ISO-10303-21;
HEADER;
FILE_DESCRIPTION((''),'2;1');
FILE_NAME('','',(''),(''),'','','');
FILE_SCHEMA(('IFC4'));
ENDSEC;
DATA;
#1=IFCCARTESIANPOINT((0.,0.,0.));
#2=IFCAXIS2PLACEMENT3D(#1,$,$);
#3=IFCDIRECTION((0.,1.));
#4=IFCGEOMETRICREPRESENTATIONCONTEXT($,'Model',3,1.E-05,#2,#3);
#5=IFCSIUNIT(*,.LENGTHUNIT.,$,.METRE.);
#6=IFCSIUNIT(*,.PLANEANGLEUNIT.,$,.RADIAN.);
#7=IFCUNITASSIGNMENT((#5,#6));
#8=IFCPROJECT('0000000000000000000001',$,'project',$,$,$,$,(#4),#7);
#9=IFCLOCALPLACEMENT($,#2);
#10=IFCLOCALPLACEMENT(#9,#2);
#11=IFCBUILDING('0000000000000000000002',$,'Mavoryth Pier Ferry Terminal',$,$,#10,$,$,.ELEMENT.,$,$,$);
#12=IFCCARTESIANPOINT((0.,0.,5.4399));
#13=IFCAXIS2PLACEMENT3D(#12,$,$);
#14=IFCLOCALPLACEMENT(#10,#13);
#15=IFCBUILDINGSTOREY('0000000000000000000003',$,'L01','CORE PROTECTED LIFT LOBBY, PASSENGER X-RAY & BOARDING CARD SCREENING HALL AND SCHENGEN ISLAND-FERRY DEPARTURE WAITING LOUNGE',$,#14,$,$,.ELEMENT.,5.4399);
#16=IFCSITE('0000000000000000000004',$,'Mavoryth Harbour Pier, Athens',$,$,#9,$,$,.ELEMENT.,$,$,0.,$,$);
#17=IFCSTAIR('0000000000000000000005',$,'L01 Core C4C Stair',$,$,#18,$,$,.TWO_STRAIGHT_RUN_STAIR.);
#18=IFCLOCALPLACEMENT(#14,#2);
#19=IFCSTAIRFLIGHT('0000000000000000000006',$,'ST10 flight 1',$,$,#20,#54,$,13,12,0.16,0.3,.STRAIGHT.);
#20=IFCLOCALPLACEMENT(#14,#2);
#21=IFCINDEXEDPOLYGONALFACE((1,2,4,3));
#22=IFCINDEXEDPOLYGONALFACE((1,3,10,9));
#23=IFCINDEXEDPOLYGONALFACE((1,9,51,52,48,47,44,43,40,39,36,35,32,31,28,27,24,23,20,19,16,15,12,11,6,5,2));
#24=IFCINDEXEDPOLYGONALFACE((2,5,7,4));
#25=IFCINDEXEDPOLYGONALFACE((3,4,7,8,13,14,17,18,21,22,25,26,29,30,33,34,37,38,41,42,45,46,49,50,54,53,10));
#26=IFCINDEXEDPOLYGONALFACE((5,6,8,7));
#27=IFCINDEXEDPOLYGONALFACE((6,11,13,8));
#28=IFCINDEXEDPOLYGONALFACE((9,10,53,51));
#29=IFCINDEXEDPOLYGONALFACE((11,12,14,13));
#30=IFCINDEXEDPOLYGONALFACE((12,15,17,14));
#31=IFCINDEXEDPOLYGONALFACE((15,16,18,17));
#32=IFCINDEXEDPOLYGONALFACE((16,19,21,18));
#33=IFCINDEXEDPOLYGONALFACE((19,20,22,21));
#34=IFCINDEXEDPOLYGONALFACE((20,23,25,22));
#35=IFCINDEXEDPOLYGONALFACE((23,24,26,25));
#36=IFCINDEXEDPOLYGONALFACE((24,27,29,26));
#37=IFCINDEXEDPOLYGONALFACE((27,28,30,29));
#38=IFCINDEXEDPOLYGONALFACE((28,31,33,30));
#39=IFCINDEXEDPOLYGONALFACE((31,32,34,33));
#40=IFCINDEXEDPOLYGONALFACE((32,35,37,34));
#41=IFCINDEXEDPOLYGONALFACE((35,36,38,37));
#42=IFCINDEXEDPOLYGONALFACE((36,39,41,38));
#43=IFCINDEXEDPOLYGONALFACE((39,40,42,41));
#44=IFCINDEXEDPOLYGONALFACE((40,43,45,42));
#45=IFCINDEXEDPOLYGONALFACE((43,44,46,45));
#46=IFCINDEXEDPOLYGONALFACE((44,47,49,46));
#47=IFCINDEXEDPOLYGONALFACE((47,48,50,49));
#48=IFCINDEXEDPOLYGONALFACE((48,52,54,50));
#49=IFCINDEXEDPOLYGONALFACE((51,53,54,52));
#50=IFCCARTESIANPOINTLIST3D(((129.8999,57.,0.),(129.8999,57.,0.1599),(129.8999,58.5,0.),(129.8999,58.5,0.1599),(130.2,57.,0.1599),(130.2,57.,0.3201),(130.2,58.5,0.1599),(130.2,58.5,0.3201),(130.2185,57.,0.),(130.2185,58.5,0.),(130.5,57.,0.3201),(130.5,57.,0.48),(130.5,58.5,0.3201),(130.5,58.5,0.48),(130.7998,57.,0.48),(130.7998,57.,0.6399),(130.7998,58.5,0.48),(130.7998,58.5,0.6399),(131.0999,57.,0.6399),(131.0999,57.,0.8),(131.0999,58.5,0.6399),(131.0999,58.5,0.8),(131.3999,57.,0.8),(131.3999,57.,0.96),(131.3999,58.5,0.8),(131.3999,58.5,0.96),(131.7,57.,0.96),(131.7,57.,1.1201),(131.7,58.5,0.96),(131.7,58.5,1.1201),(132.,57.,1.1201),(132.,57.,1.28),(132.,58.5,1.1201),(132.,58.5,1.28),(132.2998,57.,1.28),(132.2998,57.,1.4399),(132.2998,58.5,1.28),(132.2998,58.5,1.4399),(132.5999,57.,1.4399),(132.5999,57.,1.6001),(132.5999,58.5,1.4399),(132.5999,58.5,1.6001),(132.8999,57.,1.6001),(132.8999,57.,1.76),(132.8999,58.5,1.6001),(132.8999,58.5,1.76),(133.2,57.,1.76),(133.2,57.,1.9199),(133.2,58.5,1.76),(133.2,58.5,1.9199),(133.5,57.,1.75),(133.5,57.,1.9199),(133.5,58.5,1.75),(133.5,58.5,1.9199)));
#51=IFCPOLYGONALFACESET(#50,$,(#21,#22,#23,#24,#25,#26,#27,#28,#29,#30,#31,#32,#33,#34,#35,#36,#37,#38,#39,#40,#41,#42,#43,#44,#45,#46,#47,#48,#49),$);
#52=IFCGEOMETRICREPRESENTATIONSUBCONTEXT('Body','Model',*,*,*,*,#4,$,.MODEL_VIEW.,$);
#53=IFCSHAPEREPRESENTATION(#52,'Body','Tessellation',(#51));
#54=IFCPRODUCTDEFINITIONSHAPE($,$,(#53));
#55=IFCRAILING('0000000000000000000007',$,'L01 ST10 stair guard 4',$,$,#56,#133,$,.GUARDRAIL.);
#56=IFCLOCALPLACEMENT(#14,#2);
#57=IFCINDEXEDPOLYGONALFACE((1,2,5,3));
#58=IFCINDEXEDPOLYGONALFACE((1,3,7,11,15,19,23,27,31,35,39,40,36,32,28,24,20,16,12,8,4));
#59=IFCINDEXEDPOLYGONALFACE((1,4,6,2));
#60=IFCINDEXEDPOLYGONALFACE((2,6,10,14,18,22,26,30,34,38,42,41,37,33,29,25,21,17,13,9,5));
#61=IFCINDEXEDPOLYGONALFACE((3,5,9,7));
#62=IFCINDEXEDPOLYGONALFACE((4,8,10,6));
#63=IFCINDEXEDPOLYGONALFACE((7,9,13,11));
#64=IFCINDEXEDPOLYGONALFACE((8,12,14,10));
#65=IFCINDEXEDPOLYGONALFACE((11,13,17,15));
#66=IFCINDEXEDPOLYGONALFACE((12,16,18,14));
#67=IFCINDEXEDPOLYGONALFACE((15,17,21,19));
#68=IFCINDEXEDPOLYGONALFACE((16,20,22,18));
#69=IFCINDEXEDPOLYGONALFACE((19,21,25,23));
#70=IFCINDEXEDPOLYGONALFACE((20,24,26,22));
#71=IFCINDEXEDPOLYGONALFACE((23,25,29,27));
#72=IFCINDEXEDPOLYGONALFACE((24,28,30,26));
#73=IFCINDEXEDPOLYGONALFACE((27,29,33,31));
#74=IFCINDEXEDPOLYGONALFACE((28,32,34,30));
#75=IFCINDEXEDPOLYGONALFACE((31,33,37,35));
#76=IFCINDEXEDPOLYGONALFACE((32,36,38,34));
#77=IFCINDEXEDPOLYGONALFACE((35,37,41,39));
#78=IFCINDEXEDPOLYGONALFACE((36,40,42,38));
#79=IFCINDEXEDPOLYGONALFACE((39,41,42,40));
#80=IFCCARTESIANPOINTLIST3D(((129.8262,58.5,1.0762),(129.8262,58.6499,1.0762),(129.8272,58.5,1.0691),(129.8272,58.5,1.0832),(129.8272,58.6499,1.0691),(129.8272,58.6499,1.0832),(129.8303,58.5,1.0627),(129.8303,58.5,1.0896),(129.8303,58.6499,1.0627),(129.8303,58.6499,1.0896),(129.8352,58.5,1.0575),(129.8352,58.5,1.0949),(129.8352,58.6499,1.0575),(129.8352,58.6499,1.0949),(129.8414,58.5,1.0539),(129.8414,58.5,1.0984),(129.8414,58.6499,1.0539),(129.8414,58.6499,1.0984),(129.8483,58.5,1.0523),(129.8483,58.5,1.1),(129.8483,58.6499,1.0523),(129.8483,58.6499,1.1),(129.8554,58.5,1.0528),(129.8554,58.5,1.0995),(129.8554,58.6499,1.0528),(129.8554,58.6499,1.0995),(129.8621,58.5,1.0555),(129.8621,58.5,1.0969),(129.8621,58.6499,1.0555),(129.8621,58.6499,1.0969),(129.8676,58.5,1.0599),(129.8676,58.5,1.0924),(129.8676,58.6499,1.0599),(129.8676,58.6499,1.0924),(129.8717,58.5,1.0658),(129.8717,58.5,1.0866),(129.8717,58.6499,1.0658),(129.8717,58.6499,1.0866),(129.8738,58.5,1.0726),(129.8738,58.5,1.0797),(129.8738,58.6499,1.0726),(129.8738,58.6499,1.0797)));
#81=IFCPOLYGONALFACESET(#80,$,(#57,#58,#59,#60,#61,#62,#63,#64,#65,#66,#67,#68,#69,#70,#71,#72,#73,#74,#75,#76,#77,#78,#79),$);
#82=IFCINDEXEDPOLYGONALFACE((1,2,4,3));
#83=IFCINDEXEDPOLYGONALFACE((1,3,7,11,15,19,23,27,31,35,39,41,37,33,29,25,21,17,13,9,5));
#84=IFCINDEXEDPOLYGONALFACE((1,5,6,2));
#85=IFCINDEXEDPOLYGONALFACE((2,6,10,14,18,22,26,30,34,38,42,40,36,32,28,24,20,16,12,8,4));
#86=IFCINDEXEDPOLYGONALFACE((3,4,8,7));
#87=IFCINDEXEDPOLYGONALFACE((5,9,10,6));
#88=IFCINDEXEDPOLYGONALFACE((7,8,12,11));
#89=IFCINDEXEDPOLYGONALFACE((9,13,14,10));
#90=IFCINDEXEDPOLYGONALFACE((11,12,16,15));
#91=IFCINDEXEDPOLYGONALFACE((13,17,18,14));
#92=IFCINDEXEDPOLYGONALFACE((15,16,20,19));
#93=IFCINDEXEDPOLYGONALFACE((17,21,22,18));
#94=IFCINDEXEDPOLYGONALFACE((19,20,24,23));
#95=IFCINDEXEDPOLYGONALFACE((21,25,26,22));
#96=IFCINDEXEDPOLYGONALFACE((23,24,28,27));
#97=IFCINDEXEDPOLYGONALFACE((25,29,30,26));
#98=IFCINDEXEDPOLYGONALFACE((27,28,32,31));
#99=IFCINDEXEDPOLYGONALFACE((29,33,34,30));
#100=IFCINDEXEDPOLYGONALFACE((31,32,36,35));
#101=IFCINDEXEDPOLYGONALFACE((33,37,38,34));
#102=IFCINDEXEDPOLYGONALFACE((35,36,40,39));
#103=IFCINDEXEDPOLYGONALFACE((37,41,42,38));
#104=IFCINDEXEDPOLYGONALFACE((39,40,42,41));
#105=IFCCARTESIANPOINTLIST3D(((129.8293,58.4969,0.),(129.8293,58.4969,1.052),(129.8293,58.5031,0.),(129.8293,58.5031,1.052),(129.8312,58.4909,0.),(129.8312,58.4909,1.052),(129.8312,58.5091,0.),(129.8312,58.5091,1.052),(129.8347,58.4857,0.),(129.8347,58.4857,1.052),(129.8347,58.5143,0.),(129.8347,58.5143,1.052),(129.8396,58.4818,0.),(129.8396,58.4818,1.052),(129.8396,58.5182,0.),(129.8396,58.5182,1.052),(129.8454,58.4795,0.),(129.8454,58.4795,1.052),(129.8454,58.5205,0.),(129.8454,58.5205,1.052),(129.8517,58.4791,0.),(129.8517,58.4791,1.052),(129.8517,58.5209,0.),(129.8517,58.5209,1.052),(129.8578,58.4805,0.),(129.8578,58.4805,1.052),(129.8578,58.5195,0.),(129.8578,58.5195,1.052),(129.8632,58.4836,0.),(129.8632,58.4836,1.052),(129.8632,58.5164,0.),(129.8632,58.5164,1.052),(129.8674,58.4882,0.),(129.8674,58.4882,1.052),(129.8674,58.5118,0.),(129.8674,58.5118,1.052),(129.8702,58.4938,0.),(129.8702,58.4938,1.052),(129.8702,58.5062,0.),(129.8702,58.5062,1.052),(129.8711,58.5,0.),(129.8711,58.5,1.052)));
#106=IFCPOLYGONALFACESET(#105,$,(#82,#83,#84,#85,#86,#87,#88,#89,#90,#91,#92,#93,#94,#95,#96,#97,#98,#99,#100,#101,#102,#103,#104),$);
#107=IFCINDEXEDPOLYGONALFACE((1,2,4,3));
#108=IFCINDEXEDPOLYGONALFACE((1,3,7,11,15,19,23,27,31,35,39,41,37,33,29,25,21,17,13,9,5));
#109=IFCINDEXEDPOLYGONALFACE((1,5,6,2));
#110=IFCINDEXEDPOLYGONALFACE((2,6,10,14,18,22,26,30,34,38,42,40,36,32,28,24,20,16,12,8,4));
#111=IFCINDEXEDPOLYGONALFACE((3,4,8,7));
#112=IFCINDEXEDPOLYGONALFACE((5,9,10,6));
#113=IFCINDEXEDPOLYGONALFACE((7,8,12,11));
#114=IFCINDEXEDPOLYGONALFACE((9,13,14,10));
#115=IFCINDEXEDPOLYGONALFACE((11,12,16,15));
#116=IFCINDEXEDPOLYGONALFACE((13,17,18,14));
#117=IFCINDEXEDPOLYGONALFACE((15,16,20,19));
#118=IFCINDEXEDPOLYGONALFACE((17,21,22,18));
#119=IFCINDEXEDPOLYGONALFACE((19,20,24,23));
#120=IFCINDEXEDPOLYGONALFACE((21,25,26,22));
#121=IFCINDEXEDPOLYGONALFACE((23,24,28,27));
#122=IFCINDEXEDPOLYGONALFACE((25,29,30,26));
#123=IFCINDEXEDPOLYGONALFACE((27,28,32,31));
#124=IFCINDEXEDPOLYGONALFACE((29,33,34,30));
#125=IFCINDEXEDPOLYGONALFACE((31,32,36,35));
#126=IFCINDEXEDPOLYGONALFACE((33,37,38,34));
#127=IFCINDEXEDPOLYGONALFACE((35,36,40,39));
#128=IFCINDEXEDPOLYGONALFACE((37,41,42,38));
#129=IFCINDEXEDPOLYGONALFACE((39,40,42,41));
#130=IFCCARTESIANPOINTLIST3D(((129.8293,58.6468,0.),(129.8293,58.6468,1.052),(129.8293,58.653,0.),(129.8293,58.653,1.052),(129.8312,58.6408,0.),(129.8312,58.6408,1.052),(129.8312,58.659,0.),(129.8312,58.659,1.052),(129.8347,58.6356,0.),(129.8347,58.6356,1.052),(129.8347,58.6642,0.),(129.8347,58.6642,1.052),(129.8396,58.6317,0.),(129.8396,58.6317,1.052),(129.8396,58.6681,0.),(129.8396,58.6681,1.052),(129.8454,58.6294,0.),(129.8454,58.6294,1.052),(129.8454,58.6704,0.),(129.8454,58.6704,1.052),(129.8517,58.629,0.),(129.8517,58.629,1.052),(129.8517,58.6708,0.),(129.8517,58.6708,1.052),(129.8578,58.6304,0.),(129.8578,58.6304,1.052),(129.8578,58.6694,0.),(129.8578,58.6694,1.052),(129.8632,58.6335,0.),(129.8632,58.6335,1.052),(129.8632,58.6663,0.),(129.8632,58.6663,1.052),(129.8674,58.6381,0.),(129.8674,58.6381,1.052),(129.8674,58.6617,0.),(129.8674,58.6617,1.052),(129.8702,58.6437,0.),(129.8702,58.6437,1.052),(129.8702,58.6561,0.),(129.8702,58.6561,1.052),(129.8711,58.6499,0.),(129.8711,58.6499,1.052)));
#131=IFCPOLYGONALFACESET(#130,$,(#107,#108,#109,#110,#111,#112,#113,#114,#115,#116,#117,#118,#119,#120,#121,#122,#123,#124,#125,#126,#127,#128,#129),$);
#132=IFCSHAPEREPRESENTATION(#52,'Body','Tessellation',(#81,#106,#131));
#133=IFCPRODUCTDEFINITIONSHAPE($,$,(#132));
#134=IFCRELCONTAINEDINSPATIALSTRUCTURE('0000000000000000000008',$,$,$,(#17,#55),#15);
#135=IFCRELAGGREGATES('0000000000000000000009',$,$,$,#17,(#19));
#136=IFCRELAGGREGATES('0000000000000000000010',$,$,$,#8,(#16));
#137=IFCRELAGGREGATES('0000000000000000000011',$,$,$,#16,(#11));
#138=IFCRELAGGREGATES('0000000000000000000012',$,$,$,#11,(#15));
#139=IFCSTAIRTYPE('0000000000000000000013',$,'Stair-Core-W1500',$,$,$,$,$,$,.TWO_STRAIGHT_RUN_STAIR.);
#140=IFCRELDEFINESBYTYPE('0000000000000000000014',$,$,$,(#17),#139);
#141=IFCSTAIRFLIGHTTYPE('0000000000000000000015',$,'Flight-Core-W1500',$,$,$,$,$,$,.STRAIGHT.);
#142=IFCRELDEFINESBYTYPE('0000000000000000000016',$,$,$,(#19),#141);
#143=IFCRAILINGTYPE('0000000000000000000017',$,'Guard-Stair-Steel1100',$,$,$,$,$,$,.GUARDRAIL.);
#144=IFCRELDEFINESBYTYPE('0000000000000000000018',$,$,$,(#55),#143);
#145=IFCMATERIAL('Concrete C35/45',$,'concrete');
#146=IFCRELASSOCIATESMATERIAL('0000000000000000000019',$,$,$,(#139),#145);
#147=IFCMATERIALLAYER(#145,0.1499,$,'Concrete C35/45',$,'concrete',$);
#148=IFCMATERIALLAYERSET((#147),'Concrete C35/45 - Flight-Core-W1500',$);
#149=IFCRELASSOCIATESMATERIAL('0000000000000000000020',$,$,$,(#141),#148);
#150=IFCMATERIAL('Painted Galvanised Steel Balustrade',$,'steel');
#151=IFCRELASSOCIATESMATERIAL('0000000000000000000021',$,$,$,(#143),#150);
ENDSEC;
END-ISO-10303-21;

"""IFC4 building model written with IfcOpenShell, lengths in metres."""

from ifc_helpers import new_model, si_unit, direction, frame, origin, origin_2d, place, context, subcontext, project, spatial, polyline, circle, outline, extrude, material, layer, layer_set, type_object, element, aggregate, save


model = new_model("IFC4")

# Units and contexts
model_context = context("Model", 3, precision=1e-05, world=origin(), true_north=direction((0.0, 1.0)))
body_context = subcontext(model_context, "Body", "Model", "MODEL_VIEW")
ifc_project = project(units=[si_unit("LENGTHUNIT", "METRE"), si_unit("PLANEANGLEUNIT", "RADIAN")], contexts=[model_context])

# Site, building, storey
site_placement = place(None, origin())
site = spatial("IfcSite", under=ifc_project, at=site_placement, Name="Mavoryth Harbour Pier, Athens", CompositionType="ELEMENT", RefElevation=0.0)
building_placement = place(site_placement, origin())
building = spatial("IfcBuilding", under=site, at=building_placement, Name="Mavoryth Pier Ferry Terminal", CompositionType="ELEMENT")
storey_placement = place(building_placement, frame((0.0, 0.0, 5.4399)))
storey = spatial("IfcBuildingStorey", under=building, at=storey_placement, Name="L01", Description="CORE PROTECTED LIFT LOBBY, PASSENGER X-RAY & BOARDING CARD SCREENING HALL AND SCHENGEN ISLAND-FERRY DEPARTURE WAITING LOUNGE", CompositionType="ELEMENT", Elevation=5.4399)

# Shared definitions
ifc_material_1 = material(Name="Concrete C35/45", Category="concrete")

# Stair, stair flight
stair_type = type_object("IfcStairType", Name="Stair-Core-W1500", PredefinedType="TWO_STRAIGHT_RUN_STAIR", material=ifc_material_1)
stair_placement = place(storey_placement, origin())
stair = element("IfcStair", 1, at=stair_placement, inside=storey, type_object=stair_type, Name="L01 Core C4C Stair", PredefinedType="TWO_STRAIGHT_RUN_STAIR")
ifc_layer_1 = layer(ifc_material_1, 0.1499, Name="Concrete C35/45", Category="concrete")
ifc_layer_set_1 = layer_set([ifc_layer_1], Name="Concrete C35/45 - Flight-Core-W1500")
stair_flight_type = type_object("IfcStairFlightType", Name="Flight-Core-W1500", PredefinedType="STRAIGHT", material=ifc_layer_set_1)
stair_flight_placement = place(storey_placement, frame((129.8999, 57.75, 0.0), z_axis=(0.0, 0.0, 1.0), x_axis=(1.0, 0.0, 0.0)))
stair_flight = element("IfcStairFlight", 2, at=stair_flight_placement, type_object=stair_flight_type, Name="ST10 flight 1", NumberOfRisers=13, NumberOfTreads=12, PredefinedType="STRAIGHT", RiserHeight=0.16, TreadLength=0.3, context=body_context, shape_type="SweptSolid", body=[
    extrude(outline(polyline([(0.0, 0.0), (0.0, 0.1599), (0.3, 0.1599), (0.3, 0.3201), (0.6001, 0.3201), (0.6001, 0.48), (0.8999, 0.48), (0.8999, 0.6399), (1.2, 0.6399), (1.2, 0.8), (1.5, 0.8), (1.5, 0.96), (1.8, 0.96), (1.8, 1.1201), (2.1001, 1.1201), (2.1001, 1.28), (2.3999, 1.28), (2.3999, 1.4399), (2.7, 1.4399), (2.7, 1.6001), (3.0, 1.6001), (3.0, 1.76), (3.3, 1.76), (3.3, 1.9199), (3.6001, 1.9199), (3.6001, 2.0801), (3.6001, 1.75), (0.3186, 0.0), (0.0, 0.0)])), frame((0.0, 0.75, 0.0), z_axis=(0.0, -1.0, 0.0), x_axis=(1.0, 0.0, 0.0)), (0.0, 0.0, 1.0), 1.5),
])
aggregate(stair, [stair_flight])

# Railing
ifc_material_2 = material(Name="Painted Galvanised Steel Balustrade", Category="steel")
railing_type_1 = type_object("IfcRailingType", Name="Guard-Stair-Steel1100", PredefinedType="GUARDRAIL", material=ifc_material_2)
railing_1_placement = place(storey_placement, frame((129.8501, 58.5, 0.0)))
element("IfcRailing", 3, at=railing_1_placement, inside=storey, type_object=railing_type_1, Name="L01 ST10 stair guard 4", PredefinedType="GUARDRAIL", context=body_context, shape_type="SweptSolid", body=[
    extrude(circle(Radius=0.0239, at=origin_2d()), frame((0.0, 0.0, 1.0762), z_axis=(0.0, 1.0, 0.0), x_axis=(-1.0, 0.0, 0.0)), (0.0, 0.0, 1.0), 0.1499),
    extrude(circle(Radius=0.021, at=origin_2d()), origin(), (0.0, 0.0, 1.0), 1.052),
    extrude(circle(Radius=0.021, at=origin_2d()), frame((0.0, 0.1499, 0.0)), (0.0, 0.0, 1.0), 1.052),
])

save(model, "model.ifc")
